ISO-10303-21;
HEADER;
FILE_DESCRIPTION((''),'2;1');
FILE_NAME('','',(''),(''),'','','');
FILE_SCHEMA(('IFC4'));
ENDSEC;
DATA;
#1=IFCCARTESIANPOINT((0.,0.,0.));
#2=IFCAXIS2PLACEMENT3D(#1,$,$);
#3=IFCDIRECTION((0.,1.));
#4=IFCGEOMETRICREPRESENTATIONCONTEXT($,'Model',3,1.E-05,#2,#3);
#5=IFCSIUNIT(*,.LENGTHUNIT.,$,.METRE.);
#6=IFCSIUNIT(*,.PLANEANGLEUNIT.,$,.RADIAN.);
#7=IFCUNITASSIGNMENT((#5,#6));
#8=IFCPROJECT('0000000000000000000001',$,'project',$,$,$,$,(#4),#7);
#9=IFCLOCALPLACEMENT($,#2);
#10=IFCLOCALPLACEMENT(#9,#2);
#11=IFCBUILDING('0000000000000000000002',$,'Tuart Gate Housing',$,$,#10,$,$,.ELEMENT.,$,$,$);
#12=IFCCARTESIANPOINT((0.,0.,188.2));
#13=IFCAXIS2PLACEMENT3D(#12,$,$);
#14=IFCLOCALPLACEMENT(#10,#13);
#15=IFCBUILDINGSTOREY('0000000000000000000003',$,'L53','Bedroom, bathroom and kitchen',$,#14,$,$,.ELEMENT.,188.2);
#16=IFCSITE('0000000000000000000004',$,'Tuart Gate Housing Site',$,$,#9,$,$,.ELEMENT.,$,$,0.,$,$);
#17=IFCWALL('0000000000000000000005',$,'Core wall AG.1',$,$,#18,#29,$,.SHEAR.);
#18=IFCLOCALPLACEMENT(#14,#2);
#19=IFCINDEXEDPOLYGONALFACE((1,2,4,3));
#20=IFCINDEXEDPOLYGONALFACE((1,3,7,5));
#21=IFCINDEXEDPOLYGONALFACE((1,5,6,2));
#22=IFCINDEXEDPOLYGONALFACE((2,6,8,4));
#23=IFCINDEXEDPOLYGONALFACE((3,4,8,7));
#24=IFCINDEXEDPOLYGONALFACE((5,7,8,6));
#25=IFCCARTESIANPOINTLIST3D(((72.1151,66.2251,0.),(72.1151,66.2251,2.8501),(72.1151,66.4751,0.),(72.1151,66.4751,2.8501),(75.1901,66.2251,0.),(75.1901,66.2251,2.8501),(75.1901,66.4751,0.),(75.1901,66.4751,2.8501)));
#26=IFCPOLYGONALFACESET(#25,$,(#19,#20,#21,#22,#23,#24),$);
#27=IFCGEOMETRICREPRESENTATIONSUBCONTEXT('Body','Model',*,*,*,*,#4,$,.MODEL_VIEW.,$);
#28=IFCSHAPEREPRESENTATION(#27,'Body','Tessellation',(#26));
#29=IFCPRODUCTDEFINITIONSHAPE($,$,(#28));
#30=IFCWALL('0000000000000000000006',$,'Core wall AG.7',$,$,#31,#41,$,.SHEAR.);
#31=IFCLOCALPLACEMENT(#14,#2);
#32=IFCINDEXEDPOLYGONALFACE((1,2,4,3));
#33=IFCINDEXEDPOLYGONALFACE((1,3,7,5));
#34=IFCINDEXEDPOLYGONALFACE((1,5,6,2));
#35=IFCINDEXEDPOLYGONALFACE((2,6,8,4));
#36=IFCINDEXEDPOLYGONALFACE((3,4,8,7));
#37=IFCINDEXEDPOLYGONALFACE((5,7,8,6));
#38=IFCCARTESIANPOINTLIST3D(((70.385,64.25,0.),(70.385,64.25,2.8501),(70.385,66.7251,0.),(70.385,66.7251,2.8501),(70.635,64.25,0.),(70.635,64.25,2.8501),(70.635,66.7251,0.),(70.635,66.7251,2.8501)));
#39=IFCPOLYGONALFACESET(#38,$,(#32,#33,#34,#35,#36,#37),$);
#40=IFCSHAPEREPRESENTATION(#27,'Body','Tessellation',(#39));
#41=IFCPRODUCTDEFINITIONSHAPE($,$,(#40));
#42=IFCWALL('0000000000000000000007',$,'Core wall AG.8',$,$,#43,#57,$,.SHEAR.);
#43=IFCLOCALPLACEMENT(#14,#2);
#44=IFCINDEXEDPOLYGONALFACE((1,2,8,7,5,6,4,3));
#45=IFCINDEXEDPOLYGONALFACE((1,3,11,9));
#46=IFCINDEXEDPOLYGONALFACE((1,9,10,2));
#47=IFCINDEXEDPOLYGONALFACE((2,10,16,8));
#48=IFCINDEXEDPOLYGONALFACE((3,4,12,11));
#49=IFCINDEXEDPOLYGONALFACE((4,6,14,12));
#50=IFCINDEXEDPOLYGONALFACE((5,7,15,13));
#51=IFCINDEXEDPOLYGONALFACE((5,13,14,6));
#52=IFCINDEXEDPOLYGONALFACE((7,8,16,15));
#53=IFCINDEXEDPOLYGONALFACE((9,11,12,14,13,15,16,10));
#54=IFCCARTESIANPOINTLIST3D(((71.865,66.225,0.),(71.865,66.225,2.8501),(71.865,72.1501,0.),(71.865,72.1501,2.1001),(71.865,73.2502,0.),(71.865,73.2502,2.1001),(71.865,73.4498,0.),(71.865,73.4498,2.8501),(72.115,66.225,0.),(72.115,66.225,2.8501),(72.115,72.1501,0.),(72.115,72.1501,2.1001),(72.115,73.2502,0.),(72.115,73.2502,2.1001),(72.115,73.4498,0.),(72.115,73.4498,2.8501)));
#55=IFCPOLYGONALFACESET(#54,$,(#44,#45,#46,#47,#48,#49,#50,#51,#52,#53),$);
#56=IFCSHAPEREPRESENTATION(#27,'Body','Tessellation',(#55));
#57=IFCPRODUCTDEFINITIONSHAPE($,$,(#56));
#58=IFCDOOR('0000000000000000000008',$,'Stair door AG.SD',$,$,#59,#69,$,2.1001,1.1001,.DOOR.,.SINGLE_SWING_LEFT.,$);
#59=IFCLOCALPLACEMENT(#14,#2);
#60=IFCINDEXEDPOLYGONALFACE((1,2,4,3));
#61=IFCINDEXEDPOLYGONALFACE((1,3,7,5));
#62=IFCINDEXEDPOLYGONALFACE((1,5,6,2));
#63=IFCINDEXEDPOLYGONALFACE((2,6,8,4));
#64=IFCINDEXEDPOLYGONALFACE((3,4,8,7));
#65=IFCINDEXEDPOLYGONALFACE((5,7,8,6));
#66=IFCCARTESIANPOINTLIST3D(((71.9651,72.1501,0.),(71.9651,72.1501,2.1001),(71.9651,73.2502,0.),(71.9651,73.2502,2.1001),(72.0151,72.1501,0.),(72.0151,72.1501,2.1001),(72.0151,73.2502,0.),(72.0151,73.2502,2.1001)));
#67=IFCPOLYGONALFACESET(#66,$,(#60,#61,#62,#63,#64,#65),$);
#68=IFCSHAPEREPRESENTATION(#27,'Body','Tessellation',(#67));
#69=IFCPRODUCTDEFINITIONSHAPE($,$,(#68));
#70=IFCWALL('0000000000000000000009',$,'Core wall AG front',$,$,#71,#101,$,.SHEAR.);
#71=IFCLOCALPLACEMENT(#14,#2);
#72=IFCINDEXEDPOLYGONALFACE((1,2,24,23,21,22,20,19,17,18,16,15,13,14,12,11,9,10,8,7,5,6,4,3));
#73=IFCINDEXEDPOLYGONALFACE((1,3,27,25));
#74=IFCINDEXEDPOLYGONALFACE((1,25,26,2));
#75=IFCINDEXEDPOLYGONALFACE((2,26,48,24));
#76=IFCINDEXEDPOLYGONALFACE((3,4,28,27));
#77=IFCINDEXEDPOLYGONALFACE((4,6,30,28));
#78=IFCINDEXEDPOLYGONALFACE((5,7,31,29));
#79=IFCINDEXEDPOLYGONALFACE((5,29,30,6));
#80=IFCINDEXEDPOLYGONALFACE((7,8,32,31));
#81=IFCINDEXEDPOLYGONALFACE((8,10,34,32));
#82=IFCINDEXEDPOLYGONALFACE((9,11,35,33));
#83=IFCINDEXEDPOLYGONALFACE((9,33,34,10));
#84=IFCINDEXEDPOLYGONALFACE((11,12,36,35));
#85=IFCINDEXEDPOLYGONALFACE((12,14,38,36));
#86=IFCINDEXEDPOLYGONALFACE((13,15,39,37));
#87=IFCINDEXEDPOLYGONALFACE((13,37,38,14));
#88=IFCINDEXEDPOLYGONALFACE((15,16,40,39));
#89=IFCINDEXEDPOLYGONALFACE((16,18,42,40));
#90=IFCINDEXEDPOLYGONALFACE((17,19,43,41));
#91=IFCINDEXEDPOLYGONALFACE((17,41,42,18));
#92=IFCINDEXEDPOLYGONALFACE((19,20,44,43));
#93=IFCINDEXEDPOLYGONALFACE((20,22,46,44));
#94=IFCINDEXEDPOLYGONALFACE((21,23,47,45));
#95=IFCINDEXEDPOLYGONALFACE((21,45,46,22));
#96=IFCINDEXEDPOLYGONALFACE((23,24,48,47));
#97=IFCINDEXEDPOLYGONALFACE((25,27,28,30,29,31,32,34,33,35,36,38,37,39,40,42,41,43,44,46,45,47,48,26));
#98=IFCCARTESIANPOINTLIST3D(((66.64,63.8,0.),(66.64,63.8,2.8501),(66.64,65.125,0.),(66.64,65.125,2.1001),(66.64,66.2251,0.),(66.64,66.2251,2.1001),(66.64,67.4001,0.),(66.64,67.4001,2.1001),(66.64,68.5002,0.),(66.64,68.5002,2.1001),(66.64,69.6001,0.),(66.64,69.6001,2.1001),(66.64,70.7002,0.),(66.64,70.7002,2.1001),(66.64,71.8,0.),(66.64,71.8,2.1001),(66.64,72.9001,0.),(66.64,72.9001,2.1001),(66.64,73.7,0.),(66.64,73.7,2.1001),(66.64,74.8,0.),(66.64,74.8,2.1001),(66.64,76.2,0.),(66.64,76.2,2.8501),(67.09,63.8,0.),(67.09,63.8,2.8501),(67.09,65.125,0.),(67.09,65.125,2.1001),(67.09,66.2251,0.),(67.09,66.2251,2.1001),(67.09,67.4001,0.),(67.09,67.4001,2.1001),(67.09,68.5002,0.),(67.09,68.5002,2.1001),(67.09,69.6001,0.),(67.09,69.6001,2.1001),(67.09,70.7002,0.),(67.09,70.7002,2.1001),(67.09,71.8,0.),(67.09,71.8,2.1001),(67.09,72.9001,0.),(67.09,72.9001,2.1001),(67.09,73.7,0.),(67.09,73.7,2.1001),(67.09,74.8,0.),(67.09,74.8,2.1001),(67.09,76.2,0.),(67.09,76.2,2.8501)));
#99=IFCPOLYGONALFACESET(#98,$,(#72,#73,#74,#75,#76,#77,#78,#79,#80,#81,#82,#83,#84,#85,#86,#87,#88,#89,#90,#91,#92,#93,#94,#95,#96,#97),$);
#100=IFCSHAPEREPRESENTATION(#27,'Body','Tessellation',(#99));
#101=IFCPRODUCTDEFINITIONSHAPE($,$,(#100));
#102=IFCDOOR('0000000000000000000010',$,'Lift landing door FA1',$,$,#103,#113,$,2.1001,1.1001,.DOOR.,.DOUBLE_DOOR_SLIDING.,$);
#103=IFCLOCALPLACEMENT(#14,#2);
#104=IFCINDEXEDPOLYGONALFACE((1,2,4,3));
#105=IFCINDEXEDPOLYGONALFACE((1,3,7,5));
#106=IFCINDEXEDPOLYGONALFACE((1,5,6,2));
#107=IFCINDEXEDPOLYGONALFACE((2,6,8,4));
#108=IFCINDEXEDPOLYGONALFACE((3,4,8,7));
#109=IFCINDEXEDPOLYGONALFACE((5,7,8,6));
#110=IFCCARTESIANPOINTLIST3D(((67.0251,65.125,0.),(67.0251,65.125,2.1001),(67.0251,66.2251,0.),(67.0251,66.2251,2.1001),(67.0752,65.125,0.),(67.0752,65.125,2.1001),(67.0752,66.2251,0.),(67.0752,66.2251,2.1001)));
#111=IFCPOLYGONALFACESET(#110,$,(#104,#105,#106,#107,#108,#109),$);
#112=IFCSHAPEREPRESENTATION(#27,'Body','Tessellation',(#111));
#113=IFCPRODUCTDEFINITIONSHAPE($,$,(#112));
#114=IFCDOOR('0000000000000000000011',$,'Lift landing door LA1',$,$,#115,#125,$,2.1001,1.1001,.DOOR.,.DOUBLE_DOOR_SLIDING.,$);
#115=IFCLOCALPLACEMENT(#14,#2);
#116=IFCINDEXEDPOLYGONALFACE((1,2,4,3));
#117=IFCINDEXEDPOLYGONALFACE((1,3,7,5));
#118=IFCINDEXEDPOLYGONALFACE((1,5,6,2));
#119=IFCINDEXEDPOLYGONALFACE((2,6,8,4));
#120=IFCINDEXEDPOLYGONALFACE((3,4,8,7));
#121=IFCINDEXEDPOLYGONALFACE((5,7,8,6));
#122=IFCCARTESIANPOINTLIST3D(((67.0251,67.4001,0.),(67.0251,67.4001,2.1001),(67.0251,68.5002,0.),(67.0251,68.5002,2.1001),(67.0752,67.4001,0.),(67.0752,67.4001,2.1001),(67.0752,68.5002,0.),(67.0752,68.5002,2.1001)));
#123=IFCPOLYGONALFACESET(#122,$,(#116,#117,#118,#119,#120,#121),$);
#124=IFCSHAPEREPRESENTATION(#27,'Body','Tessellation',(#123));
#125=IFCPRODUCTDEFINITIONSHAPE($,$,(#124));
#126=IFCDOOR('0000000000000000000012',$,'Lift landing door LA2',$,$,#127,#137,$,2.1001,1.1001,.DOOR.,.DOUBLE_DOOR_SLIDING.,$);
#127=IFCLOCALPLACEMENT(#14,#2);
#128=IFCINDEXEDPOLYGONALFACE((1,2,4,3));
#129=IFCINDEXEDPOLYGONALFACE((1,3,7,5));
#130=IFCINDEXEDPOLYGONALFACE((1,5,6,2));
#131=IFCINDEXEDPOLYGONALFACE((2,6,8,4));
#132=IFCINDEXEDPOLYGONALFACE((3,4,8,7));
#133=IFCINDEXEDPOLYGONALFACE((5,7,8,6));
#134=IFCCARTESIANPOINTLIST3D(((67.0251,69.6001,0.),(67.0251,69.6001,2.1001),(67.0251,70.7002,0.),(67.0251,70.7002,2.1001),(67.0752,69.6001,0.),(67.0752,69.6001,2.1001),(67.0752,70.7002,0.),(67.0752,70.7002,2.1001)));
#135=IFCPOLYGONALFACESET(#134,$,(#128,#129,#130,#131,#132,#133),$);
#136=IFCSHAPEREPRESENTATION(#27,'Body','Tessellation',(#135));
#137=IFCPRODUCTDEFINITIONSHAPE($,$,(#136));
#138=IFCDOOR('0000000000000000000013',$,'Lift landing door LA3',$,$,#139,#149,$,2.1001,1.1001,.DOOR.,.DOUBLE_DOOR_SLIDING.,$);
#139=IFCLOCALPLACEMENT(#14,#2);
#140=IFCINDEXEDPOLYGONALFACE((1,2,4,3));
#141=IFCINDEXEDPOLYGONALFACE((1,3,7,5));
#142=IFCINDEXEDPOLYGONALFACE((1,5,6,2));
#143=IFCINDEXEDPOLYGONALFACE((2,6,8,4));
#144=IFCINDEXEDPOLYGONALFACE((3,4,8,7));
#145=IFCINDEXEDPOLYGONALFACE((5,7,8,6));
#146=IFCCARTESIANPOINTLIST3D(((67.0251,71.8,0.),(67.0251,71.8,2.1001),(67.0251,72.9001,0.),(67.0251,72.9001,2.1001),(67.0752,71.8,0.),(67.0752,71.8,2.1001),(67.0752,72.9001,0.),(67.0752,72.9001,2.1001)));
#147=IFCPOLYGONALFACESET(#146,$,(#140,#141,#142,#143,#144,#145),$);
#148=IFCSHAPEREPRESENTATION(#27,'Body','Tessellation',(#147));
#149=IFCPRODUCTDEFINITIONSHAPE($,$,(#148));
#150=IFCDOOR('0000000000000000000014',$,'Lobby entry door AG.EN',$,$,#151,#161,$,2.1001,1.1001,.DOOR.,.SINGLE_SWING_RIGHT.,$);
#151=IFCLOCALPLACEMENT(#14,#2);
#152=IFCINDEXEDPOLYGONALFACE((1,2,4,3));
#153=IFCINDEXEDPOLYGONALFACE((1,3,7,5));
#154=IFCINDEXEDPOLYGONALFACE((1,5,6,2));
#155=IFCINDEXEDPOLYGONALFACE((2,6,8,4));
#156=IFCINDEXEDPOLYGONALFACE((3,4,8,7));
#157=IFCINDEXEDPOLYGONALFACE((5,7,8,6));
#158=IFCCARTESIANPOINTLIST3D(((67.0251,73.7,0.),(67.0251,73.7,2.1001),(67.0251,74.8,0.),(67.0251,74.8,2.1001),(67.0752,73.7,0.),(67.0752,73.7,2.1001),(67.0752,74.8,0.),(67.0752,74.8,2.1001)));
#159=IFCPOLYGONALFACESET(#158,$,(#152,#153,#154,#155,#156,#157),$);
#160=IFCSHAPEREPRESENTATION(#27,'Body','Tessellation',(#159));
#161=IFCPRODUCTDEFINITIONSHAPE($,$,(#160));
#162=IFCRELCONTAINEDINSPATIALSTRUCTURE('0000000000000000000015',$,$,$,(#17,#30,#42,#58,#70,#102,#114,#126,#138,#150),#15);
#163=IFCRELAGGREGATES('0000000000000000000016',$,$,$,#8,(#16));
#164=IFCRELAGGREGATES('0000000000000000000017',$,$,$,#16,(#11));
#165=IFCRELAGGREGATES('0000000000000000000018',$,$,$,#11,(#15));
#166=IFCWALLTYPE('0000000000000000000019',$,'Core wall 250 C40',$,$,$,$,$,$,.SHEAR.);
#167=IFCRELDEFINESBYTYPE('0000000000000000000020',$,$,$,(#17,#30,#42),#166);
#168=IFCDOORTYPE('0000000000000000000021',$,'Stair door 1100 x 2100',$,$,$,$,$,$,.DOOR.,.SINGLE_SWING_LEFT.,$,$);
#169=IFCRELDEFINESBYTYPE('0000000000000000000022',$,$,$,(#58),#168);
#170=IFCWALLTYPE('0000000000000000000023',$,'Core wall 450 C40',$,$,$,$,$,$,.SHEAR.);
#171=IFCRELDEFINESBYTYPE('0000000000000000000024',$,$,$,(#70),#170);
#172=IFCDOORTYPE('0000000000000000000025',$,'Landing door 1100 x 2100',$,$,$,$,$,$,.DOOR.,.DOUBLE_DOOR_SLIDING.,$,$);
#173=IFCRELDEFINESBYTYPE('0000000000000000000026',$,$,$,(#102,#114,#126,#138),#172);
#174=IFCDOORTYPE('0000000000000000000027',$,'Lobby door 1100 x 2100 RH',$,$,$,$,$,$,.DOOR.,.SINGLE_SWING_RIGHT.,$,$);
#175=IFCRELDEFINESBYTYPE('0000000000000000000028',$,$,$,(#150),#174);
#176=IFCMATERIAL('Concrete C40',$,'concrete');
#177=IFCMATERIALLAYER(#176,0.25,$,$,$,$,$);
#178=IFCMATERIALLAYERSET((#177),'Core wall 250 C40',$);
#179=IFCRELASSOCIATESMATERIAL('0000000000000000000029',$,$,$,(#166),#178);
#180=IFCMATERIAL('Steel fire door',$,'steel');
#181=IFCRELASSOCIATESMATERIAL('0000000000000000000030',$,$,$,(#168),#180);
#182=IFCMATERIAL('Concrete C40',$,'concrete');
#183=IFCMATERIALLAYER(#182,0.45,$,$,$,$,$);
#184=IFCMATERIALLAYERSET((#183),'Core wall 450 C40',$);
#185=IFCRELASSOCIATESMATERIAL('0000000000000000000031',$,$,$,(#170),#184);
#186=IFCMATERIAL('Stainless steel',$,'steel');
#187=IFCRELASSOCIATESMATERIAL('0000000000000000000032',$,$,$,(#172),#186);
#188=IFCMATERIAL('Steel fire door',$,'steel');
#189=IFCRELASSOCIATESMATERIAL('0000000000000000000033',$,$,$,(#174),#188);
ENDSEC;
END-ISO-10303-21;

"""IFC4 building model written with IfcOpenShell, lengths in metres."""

from ifc_helpers import new_model, si_unit, direction, frame, frame_2d, origin, place, context, subcontext, project, spatial, rectangle, extrude, material, layer, layer_set, type_object, element, fill, save


model = new_model("IFC4")

# Units and contexts
model_context = context("Model", 3, precision=1e-05, world=origin(), true_north=direction((0.0, 1.0)))
body_context = subcontext(model_context, "Body", "Model", "MODEL_VIEW")
ifc_project = project(units=[si_unit("LENGTHUNIT", "METRE"), si_unit("PLANEANGLEUNIT", "RADIAN")], contexts=[model_context])

# Site, building, storey
site_placement = place(None, origin())
site = spatial("IfcSite", under=ifc_project, at=site_placement, Name="Tuart Gate Housing Site", CompositionType="ELEMENT", RefElevation=0.0)
building_placement = place(site_placement, origin())
building = spatial("IfcBuilding", under=site, at=building_placement, Name="Tuart Gate Housing", CompositionType="ELEMENT")
storey_placement = place(building_placement, frame((0.0, 0.0, 188.2)))
storey = spatial("IfcBuildingStorey", under=building, at=storey_placement, Name="L53", Description="Bedroom, bathroom and kitchen", CompositionType="ELEMENT", Elevation=188.2)

# Walls
ifc_material_1 = material(Name="Concrete C40", Category="concrete")
ifc_layer_1 = layer(ifc_material_1, 0.25)
ifc_layer_set_1 = layer_set([ifc_layer_1], Name="Core wall 250 C40")
wall_type_1 = type_object("IfcWallType", Name="Core wall 250 C40", PredefinedType="SHEAR", material=ifc_layer_set_1)
wall_1_placement = place(storey_placement, frame((72.115, 66.3501, 0.0), z_axis=(0.0, 0.0, 1.0), x_axis=(1.0, 0.0, 0.0)))
element("IfcWall", 1, at=wall_1_placement, inside=storey, type_object=wall_type_1, Name="Core wall AG.1", PredefinedType="SHEAR", context=body_context, shape_type="SweptSolid", body=[
    extrude(rectangle(XDim=3.075, YDim=0.25, at=frame_2d((1.5376, 0.0))), origin(), (0.0, 0.0, 1.0), 2.8501),
])
wall_2_placement = place(storey_placement, frame((70.51, 64.25, 0.0), z_axis=(0.0, 0.0, 1.0), x_axis=(0.0, 1.0, 0.0)))
element("IfcWall", 2, at=wall_2_placement, inside=storey, type_object=wall_type_1, Name="Core wall AG.7", PredefinedType="SHEAR", context=body_context, shape_type="SweptSolid", body=[
    extrude(rectangle(XDim=2.4751, YDim=0.25, at=frame_2d((1.2375, 0.0))), origin(), (0.0, 0.0, 1.0), 2.8501),
])

# Wall, opening, door
wall_3_placement = place(storey_placement, frame((71.99, 66.2251, 0.0), z_axis=(0.0, 0.0, 1.0), x_axis=(0.0, 1.0, 0.0)))
wall_3 = element("IfcWall", 3, at=wall_3_placement, inside=storey, type_object=wall_type_1, Name="Core wall AG.8", PredefinedType="SHEAR", context=body_context, shape_type="SweptSolid", body=[
    extrude(rectangle(XDim=7.2249, YDim=0.25, at=frame_2d((3.6123, 0.0))), origin(), (0.0, 0.0, 1.0), 2.8501),
])
opening_1_placement = place(wall_3_placement, frame((5.925, 0.0, 0.0)))
opening_1 = element("IfcOpeningElement", 4, at=opening_1_placement, cuts=wall_3, PredefinedType="OPENING", context=body_context, shape_type="SweptSolid", body=[
    extrude(rectangle(XDim=1.1001, YDim=2.1001, at=frame_2d((0.55, 1.05))), frame((0.0, 0.135, 0.0), z_axis=(0.0, -1.0, 0.0), x_axis=(1.0, 0.0, 0.0)), (0.0, 0.0, 1.0), 0.27),
])
ifc_material_2 = material(Name="Steel fire door", Category="steel")
door_type_1 = type_object("IfcDoorType", Name="Stair door 1100 x 2100", OperationType="SINGLE_SWING_LEFT", PredefinedType="DOOR", material=ifc_material_2)
door_1_placement = place(opening_1_placement, frame((1.1001, 0.0, 0.0), z_axis=(0.0, 0.0, 1.0), x_axis=(-1.0, 0.0, 0.0)))
door_1 = element("IfcDoor", 5, at=door_1_placement, inside=storey, type_object=door_type_1, Name="Stair door AG.SD", OperationType="SINGLE_SWING_LEFT", OverallHeight=2.1001, OverallWidth=1.1001, PredefinedType="DOOR", context=body_context, shape_type="SweptSolid", body=[
    extrude(rectangle(XDim=1.1001, YDim=2.1001, at=frame_2d((0.55, 1.05))), frame((0.0, 0.0251, 0.0), z_axis=(0.0, -1.0, 0.0), x_axis=(1.0, 0.0, 0.0)), (0.0, 0.0, 1.0), 0.05),
])
fill(opening_1, door_1)

# Wall, openings, doors
ifc_material_3 = material(Name="Concrete C40", Category="concrete")
ifc_layer_2 = layer(ifc_material_3, 0.45)
ifc_layer_set_2 = layer_set([ifc_layer_2], Name="Core wall 450 C40")
wall_type_2 = type_object("IfcWallType", Name="Core wall 450 C40", PredefinedType="SHEAR", material=ifc_layer_set_2)
wall_4_placement = place(storey_placement, frame((66.865, 63.8, 0.0), z_axis=(0.0, 0.0, 1.0), x_axis=(0.0, 1.0, 0.0)))
wall_4 = element("IfcWall", 6, at=wall_4_placement, inside=storey, type_object=wall_type_2, Name="Core wall AG front", PredefinedType="SHEAR", context=body_context, shape_type="SweptSolid", body=[
    extrude(rectangle(XDim=12.3999, YDim=0.45, at=frame_2d((6.2, 0.0))), origin(), (0.0, 0.0, 1.0), 2.8501),
])
opening_2_placement = place(wall_4_placement, frame((1.325, 0.0, 0.0)))
opening_2 = element("IfcOpeningElement", 7, at=opening_2_placement, cuts=wall_4, PredefinedType="OPENING", context=body_context, shape_type="SweptSolid", body=[
    extrude(rectangle(XDim=1.1001, YDim=2.1001, at=frame_2d((0.55, 1.05))), frame((0.0, 0.2349, 0.0), z_axis=(0.0, -1.0, 0.0), x_axis=(1.0, 0.0, 0.0)), (0.0, 0.0, 1.0), 0.47),
])
opening_3_placement = place(wall_4_placement, frame((3.6001, 0.0, 0.0)))
opening_3 = element("IfcOpeningElement", 8, at=opening_3_placement, cuts=wall_4, PredefinedType="OPENING", context=body_context, shape_type="SweptSolid", body=[
    extrude(rectangle(XDim=1.1001, YDim=2.1001, at=frame_2d((0.55, 1.05))), frame((0.0, 0.2349, 0.0), z_axis=(0.0, -1.0, 0.0), x_axis=(1.0, 0.0, 0.0)), (0.0, 0.0, 1.0), 0.47),
])
opening_4_placement = place(wall_4_placement, frame((5.8, 0.0, 0.0)))
opening_4 = element("IfcOpeningElement", 9, at=opening_4_placement, cuts=wall_4, PredefinedType="OPENING", context=body_context, shape_type="SweptSolid", body=[
    extrude(rectangle(XDim=1.1001, YDim=2.1001, at=frame_2d((0.55, 1.05))), frame((0.0, 0.2349, 0.0), z_axis=(0.0, -1.0, 0.0), x_axis=(1.0, 0.0, 0.0)), (0.0, 0.0, 1.0), 0.47),
])
opening_5_placement = place(wall_4_placement, frame((8.0, 0.0, 0.0)))
opening_5 = element("IfcOpeningElement", 10, at=opening_5_placement, cuts=wall_4, PredefinedType="OPENING", context=body_context, shape_type="SweptSolid", body=[
    extrude(rectangle(XDim=1.1001, YDim=2.1001, at=frame_2d((0.55, 1.05))), frame((0.0, 0.2349, 0.0), z_axis=(0.0, -1.0, 0.0), x_axis=(1.0, 0.0, 0.0)), (0.0, 0.0, 1.0), 0.47),
])
opening_6_placement = place(wall_4_placement, frame((9.8999, 0.0, 0.0)))
opening_6 = element("IfcOpeningElement", 11, at=opening_6_placement, cuts=wall_4, PredefinedType="OPENING", context=body_context, shape_type="SweptSolid", body=[
    extrude(rectangle(XDim=1.1001, YDim=2.1001, at=frame_2d((0.55, 1.05))), frame((0.0, 0.2349, 0.0), z_axis=(0.0, -1.0, 0.0), x_axis=(1.0, 0.0, 0.0)), (0.0, 0.0, 1.0), 0.47),
])
ifc_material_4 = material(Name="Stainless steel", Category="steel")
door_type_2 = type_object("IfcDoorType", Name="Landing door 1100 x 2100", OperationType="DOUBLE_DOOR_SLIDING", PredefinedType="DOOR", material=ifc_material_4)
door_2_placement = place(opening_2_placement, origin())
door_2 = element("IfcDoor", 12, at=door_2_placement, inside=storey, type_object=door_type_2, Name="Lift landing door FA1", OperationType="DOUBLE_DOOR_SLIDING", OverallHeight=2.1001, OverallWidth=1.1001, PredefinedType="DOOR", context=body_context, shape_type="SweptSolid", body=[
    extrude(rectangle(XDim=1.1001, YDim=2.1001, at=frame_2d((0.55, 1.05))), frame((0.0, -0.1602, 0.0), z_axis=(0.0, -1.0, 0.0), x_axis=(1.0, 0.0, 0.0)), (0.0, 0.0, 1.0), 0.05),
])
fill(opening_2, door_2)
door_3_placement = place(opening_3_placement, origin())
door_3 = element("IfcDoor", 13, at=door_3_placement, inside=storey, type_object=door_type_2, Name="Lift landing door LA1", OperationType="DOUBLE_DOOR_SLIDING", OverallHeight=2.1001, OverallWidth=1.1001, PredefinedType="DOOR", context=body_context, shape_type="SweptSolid", body=[
    extrude(rectangle(XDim=1.1001, YDim=2.1001, at=frame_2d((0.55, 1.05))), frame((0.0, -0.1602, 0.0), z_axis=(0.0, -1.0, 0.0), x_axis=(1.0, 0.0, 0.0)), (0.0, 0.0, 1.0), 0.05),
])
fill(opening_3, door_3)
door_4_placement = place(opening_4_placement, origin())
door_4 = element("IfcDoor", 14, at=door_4_placement, inside=storey, type_object=door_type_2, Name="Lift landing door LA2", OperationType="DOUBLE_DOOR_SLIDING", OverallHeight=2.1001, OverallWidth=1.1001, PredefinedType="DOOR", context=body_context, shape_type="SweptSolid", body=[
    extrude(rectangle(XDim=1.1001, YDim=2.1001, at=frame_2d((0.55, 1.05))), frame((0.0, -0.1602, 0.0), z_axis=(0.0, -1.0, 0.0), x_axis=(1.0, 0.0, 0.0)), (0.0, 0.0, 1.0), 0.05),
])
fill(opening_4, door_4)
door_5_placement = place(opening_5_placement, origin())
door_5 = element("IfcDoor", 15, at=door_5_placement, inside=storey, type_object=door_type_2, Name="Lift landing door LA3", OperationType="DOUBLE_DOOR_SLIDING", OverallHeight=2.1001, OverallWidth=1.1001, PredefinedType="DOOR", context=body_context, shape_type="SweptSolid", body=[
    extrude(rectangle(XDim=1.1001, YDim=2.1001, at=frame_2d((0.55, 1.05))), frame((0.0, -0.1602, 0.0), z_axis=(0.0, -1.0, 0.0), x_axis=(1.0, 0.0, 0.0)), (0.0, 0.0, 1.0), 0.05),
])
fill(opening_5, door_5)
ifc_material_5 = material(Name="Steel fire door", Category="steel")
door_type_3 = type_object("IfcDoorType", Name="Lobby door 1100 x 2100 RH", OperationType="SINGLE_SWING_RIGHT", PredefinedType="DOOR", material=ifc_material_5)
door_6_placement = place(opening_6_placement, frame((1.1001, 0.0, 0.0), z_axis=(0.0, 0.0, 1.0), x_axis=(-1.0, 0.0, 0.0)))
door_6 = element("IfcDoor", 16, at=door_6_placement, inside=storey, type_object=door_type_3, Name="Lobby entry door AG.EN", OperationType="SINGLE_SWING_RIGHT", OverallHeight=2.1001, OverallWidth=1.1001, PredefinedType="DOOR", context=body_context, shape_type="SweptSolid", body=[
    extrude(rectangle(XDim=1.1001, YDim=2.1001, at=frame_2d((0.55, 1.05))), frame((0.0, 0.2102, 0.0), z_axis=(0.0, -1.0, 0.0), x_axis=(1.0, 0.0, 0.0)), (0.0, 0.0, 1.0), 0.05),
])
fill(opening_6, door_6)

save(model, "model.ifc")
